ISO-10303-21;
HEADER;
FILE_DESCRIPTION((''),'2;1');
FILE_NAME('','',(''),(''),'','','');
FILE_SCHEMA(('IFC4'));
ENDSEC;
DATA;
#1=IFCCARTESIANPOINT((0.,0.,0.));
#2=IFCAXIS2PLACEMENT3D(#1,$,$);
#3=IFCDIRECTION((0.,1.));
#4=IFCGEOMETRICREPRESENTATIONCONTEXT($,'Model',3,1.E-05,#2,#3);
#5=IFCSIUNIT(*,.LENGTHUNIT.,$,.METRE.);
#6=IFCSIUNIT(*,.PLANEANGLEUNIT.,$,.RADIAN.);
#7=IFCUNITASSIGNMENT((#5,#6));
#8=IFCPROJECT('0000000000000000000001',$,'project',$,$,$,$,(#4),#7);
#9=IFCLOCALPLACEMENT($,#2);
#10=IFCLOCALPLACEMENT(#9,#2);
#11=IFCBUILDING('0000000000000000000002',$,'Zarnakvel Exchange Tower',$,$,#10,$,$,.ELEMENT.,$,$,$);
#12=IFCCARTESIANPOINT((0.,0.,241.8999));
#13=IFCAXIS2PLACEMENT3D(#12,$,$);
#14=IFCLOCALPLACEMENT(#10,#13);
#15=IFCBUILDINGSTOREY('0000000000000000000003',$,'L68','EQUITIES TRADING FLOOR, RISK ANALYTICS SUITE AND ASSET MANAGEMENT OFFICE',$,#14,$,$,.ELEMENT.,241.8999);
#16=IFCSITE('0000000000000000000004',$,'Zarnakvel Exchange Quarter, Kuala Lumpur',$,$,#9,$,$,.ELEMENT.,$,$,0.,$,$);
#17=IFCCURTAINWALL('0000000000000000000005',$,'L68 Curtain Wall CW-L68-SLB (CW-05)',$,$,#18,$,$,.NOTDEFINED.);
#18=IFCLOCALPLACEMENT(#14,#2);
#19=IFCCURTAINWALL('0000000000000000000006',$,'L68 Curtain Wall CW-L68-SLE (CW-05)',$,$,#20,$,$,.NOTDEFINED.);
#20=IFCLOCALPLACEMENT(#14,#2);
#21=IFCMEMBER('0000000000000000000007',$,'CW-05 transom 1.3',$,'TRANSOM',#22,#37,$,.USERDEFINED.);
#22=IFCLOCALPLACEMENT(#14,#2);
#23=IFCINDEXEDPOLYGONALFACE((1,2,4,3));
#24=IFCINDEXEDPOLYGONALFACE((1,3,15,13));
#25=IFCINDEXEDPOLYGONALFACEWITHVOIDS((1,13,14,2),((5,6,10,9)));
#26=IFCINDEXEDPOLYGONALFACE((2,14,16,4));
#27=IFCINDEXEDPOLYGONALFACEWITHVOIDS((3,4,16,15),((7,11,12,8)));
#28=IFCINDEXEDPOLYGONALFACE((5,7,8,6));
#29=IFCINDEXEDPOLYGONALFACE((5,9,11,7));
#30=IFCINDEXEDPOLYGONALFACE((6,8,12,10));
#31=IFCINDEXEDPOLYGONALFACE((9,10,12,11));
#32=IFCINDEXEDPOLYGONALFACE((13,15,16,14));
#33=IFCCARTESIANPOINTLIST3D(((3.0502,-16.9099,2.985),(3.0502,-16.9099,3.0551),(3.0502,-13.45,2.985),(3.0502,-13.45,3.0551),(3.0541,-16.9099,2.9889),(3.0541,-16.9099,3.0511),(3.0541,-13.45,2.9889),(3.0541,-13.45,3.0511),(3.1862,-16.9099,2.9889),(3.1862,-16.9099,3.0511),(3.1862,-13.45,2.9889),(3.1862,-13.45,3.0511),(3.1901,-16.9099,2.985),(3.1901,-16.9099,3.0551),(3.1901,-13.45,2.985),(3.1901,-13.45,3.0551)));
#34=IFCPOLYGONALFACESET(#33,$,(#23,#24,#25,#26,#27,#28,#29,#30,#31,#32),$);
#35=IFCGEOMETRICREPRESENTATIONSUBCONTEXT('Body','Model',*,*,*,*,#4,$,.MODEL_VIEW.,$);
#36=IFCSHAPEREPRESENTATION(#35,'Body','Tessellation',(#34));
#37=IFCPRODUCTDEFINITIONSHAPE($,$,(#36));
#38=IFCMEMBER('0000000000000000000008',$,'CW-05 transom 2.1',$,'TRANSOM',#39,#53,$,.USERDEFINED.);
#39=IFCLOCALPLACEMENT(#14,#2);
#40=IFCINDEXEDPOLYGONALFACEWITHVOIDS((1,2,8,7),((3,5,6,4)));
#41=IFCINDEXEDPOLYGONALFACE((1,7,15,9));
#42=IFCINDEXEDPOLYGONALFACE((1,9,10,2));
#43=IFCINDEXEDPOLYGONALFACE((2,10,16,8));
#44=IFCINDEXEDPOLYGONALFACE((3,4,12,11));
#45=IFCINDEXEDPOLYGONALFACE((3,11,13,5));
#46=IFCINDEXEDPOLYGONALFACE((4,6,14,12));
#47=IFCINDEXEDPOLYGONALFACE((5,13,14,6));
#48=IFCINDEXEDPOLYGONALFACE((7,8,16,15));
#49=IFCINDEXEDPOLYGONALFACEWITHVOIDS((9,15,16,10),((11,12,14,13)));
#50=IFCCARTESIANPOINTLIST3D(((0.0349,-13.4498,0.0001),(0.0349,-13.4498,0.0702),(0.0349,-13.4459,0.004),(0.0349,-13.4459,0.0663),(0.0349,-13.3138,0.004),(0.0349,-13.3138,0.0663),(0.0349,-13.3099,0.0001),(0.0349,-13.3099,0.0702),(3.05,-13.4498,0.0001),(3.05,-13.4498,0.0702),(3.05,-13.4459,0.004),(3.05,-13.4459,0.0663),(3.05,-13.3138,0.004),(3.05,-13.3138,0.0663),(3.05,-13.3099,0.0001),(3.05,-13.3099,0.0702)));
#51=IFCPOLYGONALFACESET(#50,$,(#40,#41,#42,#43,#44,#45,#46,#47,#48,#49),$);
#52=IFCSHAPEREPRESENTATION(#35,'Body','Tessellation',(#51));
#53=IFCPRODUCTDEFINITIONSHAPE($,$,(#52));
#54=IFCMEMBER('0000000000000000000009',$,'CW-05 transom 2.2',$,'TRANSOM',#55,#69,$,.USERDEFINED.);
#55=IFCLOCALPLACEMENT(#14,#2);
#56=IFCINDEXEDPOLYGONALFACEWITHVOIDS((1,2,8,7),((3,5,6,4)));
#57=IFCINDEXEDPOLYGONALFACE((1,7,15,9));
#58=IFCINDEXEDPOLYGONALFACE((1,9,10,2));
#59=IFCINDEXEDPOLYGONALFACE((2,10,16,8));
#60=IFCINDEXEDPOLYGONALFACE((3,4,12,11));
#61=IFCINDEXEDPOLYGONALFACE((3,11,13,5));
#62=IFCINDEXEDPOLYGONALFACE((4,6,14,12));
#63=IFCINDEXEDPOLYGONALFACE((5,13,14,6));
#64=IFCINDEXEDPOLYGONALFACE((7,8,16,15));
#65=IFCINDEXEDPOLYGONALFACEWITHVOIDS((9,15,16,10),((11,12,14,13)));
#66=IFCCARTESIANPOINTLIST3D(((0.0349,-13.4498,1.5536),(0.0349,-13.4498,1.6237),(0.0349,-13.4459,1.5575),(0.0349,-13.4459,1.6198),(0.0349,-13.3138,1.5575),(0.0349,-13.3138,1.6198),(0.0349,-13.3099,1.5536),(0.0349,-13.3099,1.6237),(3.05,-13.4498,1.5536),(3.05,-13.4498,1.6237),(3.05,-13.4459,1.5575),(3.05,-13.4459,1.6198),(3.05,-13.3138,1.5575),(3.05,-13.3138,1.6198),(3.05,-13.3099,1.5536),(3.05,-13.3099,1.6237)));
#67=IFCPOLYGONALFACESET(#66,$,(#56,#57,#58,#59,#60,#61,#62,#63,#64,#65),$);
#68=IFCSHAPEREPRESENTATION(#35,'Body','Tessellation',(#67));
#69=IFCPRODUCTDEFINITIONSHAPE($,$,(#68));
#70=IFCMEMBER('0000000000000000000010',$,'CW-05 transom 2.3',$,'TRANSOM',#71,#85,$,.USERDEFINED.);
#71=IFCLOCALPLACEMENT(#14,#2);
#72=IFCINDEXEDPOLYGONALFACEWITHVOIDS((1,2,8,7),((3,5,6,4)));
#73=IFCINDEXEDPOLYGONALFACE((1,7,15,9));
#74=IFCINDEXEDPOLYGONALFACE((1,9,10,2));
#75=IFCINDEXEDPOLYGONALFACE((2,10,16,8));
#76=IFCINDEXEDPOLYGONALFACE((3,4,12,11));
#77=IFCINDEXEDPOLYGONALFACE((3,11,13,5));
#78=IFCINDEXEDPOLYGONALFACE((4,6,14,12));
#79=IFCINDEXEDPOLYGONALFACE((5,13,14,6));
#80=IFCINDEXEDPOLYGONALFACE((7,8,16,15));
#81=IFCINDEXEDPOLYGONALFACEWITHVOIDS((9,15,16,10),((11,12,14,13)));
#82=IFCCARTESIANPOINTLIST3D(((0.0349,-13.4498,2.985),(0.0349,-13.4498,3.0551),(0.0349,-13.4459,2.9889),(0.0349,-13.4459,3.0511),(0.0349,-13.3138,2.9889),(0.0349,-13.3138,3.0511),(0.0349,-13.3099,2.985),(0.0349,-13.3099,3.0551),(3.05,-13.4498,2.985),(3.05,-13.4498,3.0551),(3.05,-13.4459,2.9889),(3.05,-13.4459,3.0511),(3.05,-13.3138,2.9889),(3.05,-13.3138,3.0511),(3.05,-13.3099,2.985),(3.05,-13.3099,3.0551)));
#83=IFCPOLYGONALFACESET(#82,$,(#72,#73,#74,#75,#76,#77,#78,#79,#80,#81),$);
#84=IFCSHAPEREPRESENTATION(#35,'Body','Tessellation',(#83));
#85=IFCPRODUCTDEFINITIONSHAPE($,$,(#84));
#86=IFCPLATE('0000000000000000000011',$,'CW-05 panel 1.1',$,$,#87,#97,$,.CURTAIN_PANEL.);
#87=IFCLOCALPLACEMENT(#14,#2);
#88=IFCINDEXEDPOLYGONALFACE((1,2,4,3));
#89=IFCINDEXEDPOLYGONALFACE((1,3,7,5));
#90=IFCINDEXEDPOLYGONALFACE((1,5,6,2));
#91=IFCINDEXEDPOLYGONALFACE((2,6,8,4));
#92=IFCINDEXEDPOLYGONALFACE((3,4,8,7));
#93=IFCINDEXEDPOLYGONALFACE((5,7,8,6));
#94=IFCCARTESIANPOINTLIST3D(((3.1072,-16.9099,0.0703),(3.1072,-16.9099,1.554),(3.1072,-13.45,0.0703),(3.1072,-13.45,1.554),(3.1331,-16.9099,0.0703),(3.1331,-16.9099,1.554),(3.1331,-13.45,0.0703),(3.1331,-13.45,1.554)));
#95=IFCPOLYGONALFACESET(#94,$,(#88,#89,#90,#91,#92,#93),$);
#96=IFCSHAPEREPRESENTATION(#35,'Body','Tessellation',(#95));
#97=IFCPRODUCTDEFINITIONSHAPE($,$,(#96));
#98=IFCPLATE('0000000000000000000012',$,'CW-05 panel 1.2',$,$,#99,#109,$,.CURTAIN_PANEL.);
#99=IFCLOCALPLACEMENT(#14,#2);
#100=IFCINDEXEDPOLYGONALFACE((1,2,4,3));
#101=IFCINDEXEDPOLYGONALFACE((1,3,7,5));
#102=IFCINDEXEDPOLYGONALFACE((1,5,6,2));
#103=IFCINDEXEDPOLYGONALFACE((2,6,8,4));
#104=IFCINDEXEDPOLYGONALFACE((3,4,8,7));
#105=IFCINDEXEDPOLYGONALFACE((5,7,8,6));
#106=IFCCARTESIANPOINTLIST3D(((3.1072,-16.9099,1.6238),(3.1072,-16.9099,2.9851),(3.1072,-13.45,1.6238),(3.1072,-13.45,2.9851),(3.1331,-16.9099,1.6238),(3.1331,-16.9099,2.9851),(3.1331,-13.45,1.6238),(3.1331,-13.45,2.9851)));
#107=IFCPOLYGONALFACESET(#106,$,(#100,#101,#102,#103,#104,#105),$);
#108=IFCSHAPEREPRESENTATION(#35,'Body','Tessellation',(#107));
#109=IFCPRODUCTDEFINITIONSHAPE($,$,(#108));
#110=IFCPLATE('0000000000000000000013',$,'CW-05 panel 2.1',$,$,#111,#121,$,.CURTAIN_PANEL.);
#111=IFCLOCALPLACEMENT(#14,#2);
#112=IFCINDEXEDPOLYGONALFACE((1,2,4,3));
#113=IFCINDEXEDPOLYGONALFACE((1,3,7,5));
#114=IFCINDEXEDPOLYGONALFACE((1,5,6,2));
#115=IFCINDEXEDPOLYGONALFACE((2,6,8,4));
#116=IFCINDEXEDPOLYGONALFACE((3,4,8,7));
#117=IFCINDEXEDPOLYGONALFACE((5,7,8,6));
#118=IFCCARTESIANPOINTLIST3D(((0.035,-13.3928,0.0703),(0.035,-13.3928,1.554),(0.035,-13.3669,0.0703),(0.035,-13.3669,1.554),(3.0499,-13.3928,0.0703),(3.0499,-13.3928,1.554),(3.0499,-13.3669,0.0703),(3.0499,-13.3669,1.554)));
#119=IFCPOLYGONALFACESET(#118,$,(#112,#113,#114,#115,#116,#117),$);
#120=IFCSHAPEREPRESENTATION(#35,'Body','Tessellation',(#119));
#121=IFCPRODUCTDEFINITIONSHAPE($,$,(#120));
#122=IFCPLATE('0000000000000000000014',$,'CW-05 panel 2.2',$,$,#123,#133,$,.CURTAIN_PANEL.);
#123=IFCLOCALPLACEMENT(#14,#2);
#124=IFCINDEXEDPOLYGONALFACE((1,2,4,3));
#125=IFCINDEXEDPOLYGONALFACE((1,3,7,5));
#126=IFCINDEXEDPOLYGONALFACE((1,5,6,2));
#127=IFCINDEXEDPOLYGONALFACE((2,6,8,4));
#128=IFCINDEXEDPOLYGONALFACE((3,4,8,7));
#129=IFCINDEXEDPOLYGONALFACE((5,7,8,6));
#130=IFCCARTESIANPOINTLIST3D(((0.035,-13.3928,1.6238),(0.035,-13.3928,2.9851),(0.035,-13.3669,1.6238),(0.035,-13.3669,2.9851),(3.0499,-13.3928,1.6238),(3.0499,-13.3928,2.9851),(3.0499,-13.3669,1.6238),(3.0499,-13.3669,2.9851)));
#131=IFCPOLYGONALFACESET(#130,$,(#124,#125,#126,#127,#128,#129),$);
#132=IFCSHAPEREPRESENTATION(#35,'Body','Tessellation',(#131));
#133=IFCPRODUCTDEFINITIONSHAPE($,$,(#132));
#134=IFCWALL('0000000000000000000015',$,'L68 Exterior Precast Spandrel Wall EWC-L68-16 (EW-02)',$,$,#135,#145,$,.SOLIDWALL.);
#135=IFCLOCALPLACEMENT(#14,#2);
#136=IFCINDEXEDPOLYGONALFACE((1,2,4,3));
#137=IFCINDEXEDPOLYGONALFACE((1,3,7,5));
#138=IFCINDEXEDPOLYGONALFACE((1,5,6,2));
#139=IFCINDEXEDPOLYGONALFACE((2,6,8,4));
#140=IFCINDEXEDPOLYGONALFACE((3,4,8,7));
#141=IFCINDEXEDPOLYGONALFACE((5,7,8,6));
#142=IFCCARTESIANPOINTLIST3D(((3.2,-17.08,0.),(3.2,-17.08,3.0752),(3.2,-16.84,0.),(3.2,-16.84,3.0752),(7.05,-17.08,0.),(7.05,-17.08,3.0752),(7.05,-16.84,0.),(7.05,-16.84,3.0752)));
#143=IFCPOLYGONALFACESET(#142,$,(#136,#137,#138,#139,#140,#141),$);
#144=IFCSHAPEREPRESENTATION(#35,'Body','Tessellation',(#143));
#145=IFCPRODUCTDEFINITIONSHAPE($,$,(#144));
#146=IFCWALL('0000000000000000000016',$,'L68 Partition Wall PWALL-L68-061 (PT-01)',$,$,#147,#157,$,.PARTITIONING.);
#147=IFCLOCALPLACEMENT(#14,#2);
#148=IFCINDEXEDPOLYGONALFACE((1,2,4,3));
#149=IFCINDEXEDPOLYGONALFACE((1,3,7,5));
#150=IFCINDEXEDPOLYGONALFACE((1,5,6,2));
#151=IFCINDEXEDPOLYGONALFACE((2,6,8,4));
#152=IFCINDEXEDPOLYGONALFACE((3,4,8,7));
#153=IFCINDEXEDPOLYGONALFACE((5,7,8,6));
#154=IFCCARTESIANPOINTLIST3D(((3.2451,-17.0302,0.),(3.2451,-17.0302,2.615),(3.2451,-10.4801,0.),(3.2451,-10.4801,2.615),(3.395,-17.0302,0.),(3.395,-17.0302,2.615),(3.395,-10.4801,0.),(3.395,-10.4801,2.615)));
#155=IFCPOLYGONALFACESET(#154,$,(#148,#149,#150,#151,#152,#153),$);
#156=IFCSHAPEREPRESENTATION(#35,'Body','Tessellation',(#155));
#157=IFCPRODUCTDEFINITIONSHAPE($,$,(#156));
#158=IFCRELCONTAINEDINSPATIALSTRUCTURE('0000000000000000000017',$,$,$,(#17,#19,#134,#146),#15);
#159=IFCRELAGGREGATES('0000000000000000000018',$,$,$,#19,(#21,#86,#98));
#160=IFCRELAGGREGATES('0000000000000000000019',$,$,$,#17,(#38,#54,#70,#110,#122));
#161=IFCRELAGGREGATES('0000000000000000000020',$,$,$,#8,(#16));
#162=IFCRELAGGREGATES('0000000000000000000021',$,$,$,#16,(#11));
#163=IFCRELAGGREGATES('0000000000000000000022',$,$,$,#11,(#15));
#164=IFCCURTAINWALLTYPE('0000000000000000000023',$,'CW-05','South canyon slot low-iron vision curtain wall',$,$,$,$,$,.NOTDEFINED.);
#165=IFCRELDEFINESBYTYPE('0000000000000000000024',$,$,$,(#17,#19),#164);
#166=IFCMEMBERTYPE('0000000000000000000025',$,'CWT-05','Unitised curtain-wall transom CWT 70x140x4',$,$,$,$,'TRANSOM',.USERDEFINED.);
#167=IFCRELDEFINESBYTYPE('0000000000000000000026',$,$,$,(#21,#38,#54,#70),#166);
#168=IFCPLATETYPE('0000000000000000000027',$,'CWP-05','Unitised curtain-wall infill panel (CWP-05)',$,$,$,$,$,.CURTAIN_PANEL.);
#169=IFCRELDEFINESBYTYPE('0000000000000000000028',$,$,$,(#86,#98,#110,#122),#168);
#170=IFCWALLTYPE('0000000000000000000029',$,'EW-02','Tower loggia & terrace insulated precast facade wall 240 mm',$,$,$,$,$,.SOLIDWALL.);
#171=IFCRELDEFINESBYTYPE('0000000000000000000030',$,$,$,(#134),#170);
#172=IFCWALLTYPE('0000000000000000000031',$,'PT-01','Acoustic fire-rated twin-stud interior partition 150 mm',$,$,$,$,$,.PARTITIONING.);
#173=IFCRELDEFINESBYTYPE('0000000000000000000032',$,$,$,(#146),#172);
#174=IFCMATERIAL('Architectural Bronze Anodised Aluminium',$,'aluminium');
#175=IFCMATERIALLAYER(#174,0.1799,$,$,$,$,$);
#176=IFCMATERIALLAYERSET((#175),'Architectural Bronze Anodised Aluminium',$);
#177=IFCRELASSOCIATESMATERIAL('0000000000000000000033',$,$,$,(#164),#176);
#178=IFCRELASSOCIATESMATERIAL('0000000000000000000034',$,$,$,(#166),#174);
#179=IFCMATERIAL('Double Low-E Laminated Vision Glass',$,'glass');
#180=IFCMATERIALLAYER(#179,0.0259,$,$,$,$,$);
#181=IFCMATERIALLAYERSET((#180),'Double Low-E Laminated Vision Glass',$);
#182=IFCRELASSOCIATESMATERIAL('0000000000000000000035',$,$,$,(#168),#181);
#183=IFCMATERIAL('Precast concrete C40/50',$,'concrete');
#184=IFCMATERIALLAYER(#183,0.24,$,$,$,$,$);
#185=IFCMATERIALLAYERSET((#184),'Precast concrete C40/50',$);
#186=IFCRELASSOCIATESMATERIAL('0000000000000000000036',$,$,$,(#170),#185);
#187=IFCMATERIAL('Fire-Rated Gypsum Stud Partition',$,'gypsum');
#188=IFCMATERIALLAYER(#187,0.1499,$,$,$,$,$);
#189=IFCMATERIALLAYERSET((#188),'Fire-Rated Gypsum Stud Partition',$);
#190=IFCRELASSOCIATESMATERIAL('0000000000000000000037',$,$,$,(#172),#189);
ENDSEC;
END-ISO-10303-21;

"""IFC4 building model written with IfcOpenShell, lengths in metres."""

from ifc_helpers import new_model, si_unit, direction, frame, frame_2d, origin, origin_2d, place, context, subcontext, project, spatial, rectangle, hollow_rectangle, extrude, source, transform, mapped, material, layer, layer_set, material_profile, profile_set, type_object, element, aggregate, save


model = new_model("IFC4")

# Units and contexts
model_context = context("Model", 3, precision=1e-05, world=origin(), true_north=direction((0.0, 1.0)))
body_context = subcontext(model_context, "Body", "Model", "MODEL_VIEW")
ifc_project = project(units=[si_unit("LENGTHUNIT", "METRE"), si_unit("PLANEANGLEUNIT", "RADIAN")], contexts=[model_context])

# Site, building, storey
site_placement = place(None, origin())
site = spatial("IfcSite", under=ifc_project, at=site_placement, Name="Zarnakvel Exchange Quarter, Kuala Lumpur", CompositionType="ELEMENT", RefElevation=0.0)
building_placement = place(site_placement, origin())
building = spatial("IfcBuilding", under=site, at=building_placement, Name="Zarnakvel Exchange Tower", CompositionType="ELEMENT")
storey_placement = place(building_placement, frame((0.0, 0.0, 241.8999)))
storey = spatial("IfcBuildingStorey", under=building, at=storey_placement, Name="L68", Description="EQUITIES TRADING FLOOR, RISK ANALYTICS SUITE AND ASSET MANAGEMENT OFFICE", CompositionType="ELEMENT", Elevation=241.8999)

# Curtain wall
ifc_material_1 = material(Name="Architectural Bronze Anodised Aluminium", Category="aluminium")
ifc_layer_1 = layer(ifc_material_1, 0.1799)
ifc_layer_set_1 = layer_set([ifc_layer_1], Name="Architectural Bronze Anodised Aluminium")
curtain_wall_type = type_object("IfcCurtainWallType", Name="CW-05", Description="South canyon slot low-iron vision curtain wall", PredefinedType="NOTDEFINED", material=ifc_layer_set_1)
curtain_wall_1_placement = place(storey_placement, origin())
curtain_wall_1 = element("IfcCurtainWall", 1, at=curtain_wall_1_placement, inside=storey, type_object=curtain_wall_type, Name="L68 Curtain Wall CW-L68-SLB (CW-05)", PredefinedType="NOTDEFINED")

# Curtain wall, member
curtain_wall_2_placement = place(storey_placement, origin())
curtain_wall_2 = element("IfcCurtainWall", 2, at=curtain_wall_2_placement, inside=storey, type_object=curtain_wall_type, Name="L68 Curtain Wall CW-L68-SLE (CW-05)", PredefinedType="NOTDEFINED")
ifc_material_profile_1 = material_profile(ifc_material_1, hollow_rectangle(XDim=0.1399, YDim=0.0701, WallThickness=0.0039, at=origin_2d()))
ifc_profile_set_1 = profile_set([ifc_material_profile_1], Name="Architectural Bronze Anodised Aluminium")
member_type_1 = type_object("IfcMemberType", Name="CWT-05", Description="Unitised curtain-wall transom CWT 70x140x4", ElementType="TRANSOM", PredefinedType="USERDEFINED", material=ifc_profile_set_1)
shared_shape_1 = source(origin(), body_context, "Body", "SweptSolid", [
    extrude(hollow_rectangle(XDim=0.1399, YDim=0.0701, WallThickness=0.0039, at=origin_2d()), origin(), (0.0, 0.0, 1.0), 3.46),
])
member_1_placement = place(storey_placement, frame((3.1201, -13.45, 3.02), z_axis=(0.0, -1.0, 0.0), x_axis=(1.0, 0.0, 0.0)))
member_1 = element("IfcMember", 3, at=member_1_placement, type_object=member_type_1, Name="CW-05 transom 1.3", ObjectType="TRANSOM", PredefinedType="USERDEFINED", context=body_context, shape_type="MappedRepresentation", body=[
    mapped(shared_shape_1, transform((0.0, 0.0, 0.0), x_axis=(1.0, 0.0, 0.0), y_axis=(0.0, 1.0, 0.0), z_axis=(0.0, 0.0, 1.0), scale=1.0)),
])

# Members
shared_shape_2 = source(origin(), body_context, "Body", "SweptSolid", [
    extrude(hollow_rectangle(XDim=0.1399, YDim=0.0701, WallThickness=0.0039, at=origin_2d()), origin(), (0.0, 0.0, 1.0), 3.0151),
])
member_2_placement = place(storey_placement, frame((0.0349, -13.3799, 0.0352), z_axis=(1.0, 0.0, 0.0), x_axis=(0.0, 1.0, 0.0)))
member_2 = element("IfcMember", 4, at=member_2_placement, type_object=member_type_1, Name="CW-05 transom 2.1", ObjectType="TRANSOM", PredefinedType="USERDEFINED", context=body_context, shape_type="MappedRepresentation", body=[
    mapped(shared_shape_2, transform((0.0, 0.0, 0.0), x_axis=(1.0, 0.0, 0.0), y_axis=(0.0, 1.0, 0.0), z_axis=(0.0, 0.0, 1.0), scale=1.0)),
])
member_3_placement = place(storey_placement, frame((0.0349, -13.3799, 1.5886), z_axis=(1.0, 0.0, 0.0), x_axis=(0.0, 1.0, 0.0)))
member_3 = element("IfcMember", 5, at=member_3_placement, type_object=member_type_1, Name="CW-05 transom 2.2", ObjectType="TRANSOM", PredefinedType="USERDEFINED", context=body_context, shape_type="MappedRepresentation", body=[
    mapped(shared_shape_2, transform((0.0, 0.0, 0.0), x_axis=(1.0, 0.0, 0.0), y_axis=(0.0, 1.0, 0.0), z_axis=(0.0, 0.0, 1.0), scale=1.0)),
])
member_4_placement = place(storey_placement, frame((0.0349, -13.3799, 3.02), z_axis=(1.0, 0.0, 0.0), x_axis=(0.0, 1.0, 0.0)))
member_4 = element("IfcMember", 6, at=member_4_placement, type_object=member_type_1, Name="CW-05 transom 2.3", ObjectType="TRANSOM", PredefinedType="USERDEFINED", context=body_context, shape_type="MappedRepresentation", body=[
    mapped(shared_shape_2, transform((0.0, 0.0, 0.0), x_axis=(1.0, 0.0, 0.0), y_axis=(0.0, 1.0, 0.0), z_axis=(0.0, 0.0, 1.0), scale=1.0)),
])

# Plates
ifc_material_2 = material(Name="Double Low-E Laminated Vision Glass", Category="glass")
ifc_layer_2 = layer(ifc_material_2, 0.0259)
ifc_layer_set_2 = layer_set([ifc_layer_2], Name="Double Low-E Laminated Vision Glass")
plate_type = type_object("IfcPlateType", Name="CWP-05", Description="Unitised curtain-wall infill panel (CWP-05)", PredefinedType="CURTAIN_PANEL", material=ifc_layer_set_2)
shared_shape_3 = source(origin(), body_context, "Body", "SweptSolid", [
    extrude(rectangle(XDim=3.46, YDim=0.0259, at=origin_2d()), origin(), (0.0, 0.0, 1.0), 1.4836),
])
plate_1_placement = place(storey_placement, frame((3.1201, -15.1799, 0.0703), z_axis=(0.0, 0.0, 1.0), x_axis=(0.0, -1.0, 0.0)))
plate_1 = element("IfcPlate", 7, at=plate_1_placement, type_object=plate_type, Name="CW-05 panel 1.1", PredefinedType="CURTAIN_PANEL", context=body_context, shape_type="MappedRepresentation", body=[
    mapped(shared_shape_3, transform((0.0, 0.0, 0.0), x_axis=(1.0, 0.0, 0.0), y_axis=(0.0, 1.0, 0.0), z_axis=(0.0, 0.0, 1.0), scale=1.0)),
])
shared_shape_4 = source(origin(), body_context, "Body", "SweptSolid", [
    extrude(rectangle(XDim=3.46, YDim=0.0259, at=origin_2d()), origin(), (0.0, 0.0, 1.0), 1.3613),
])
plate_2_placement = place(storey_placement, frame((3.1201, -15.1799, 1.6238), z_axis=(0.0, 0.0, 1.0), x_axis=(0.0, -1.0, 0.0)))
plate_2 = element("IfcPlate", 8, at=plate_2_placement, type_object=plate_type, Name="CW-05 panel 1.2", PredefinedType="CURTAIN_PANEL", context=body_context, shape_type="MappedRepresentation", body=[
    mapped(shared_shape_4, transform((0.0, 0.0, 0.0), x_axis=(1.0, 0.0, 0.0), y_axis=(0.0, 1.0, 0.0), z_axis=(0.0, 0.0, 1.0), scale=1.0)),
])
aggregate(curtain_wall_2, [member_1, plate_1, plate_2])
shared_shape_5 = source(origin(), body_context, "Body", "SweptSolid", [
    extrude(rectangle(XDim=3.0149, YDim=0.0259, at=origin_2d()), origin(), (0.0, 0.0, 1.0), 1.4836),
])
plate_3_placement = place(storey_placement, frame((1.5425, -13.3799, 0.0703), z_axis=(0.0, 0.0, 1.0), x_axis=(1.0, 0.0, 0.0)))
plate_3 = element("IfcPlate", 9, at=plate_3_placement, type_object=plate_type, Name="CW-05 panel 2.1", PredefinedType="CURTAIN_PANEL", context=body_context, shape_type="MappedRepresentation", body=[
    mapped(shared_shape_5, transform((0.0, 0.0, 0.0), x_axis=(1.0, 0.0, 0.0), y_axis=(0.0, 1.0, 0.0), z_axis=(0.0, 0.0, 1.0), scale=1.0)),
])
shared_shape_6 = source(origin(), body_context, "Body", "SweptSolid", [
    extrude(rectangle(XDim=3.0149, YDim=0.0259, at=origin_2d()), origin(), (0.0, 0.0, 1.0), 1.3613),
])
plate_4_placement = place(storey_placement, frame((1.5425, -13.3799, 1.6238), z_axis=(0.0, 0.0, 1.0), x_axis=(1.0, 0.0, 0.0)))
plate_4 = element("IfcPlate", 10, at=plate_4_placement, type_object=plate_type, Name="CW-05 panel 2.2", PredefinedType="CURTAIN_PANEL", context=body_context, shape_type="MappedRepresentation", body=[
    mapped(shared_shape_6, transform((0.0, 0.0, 0.0), x_axis=(1.0, 0.0, 0.0), y_axis=(0.0, 1.0, 0.0), z_axis=(0.0, 0.0, 1.0), scale=1.0)),
])
aggregate(curtain_wall_1, [member_2, member_3, member_4, plate_3, plate_4])

# Walls
ifc_material_3 = material(Name="Precast concrete C40/50", Category="concrete")
ifc_layer_3 = layer(ifc_material_3, 0.24)
ifc_layer_set_3 = layer_set([ifc_layer_3], Name="Precast concrete C40/50")
wall_type_1 = type_object("IfcWallType", Name="EW-02", Description="Tower loggia & terrace insulated precast facade wall 240 mm", PredefinedType="SOLIDWALL", material=ifc_layer_set_3)
wall_1_placement = place(storey_placement, frame((3.2, -16.96, 0.0), z_axis=(0.0, 0.0, 1.0), x_axis=(1.0, 0.0, 0.0)))
element("IfcWall", 11, at=wall_1_placement, inside=storey, type_object=wall_type_1, Name="L68 Exterior Precast Spandrel Wall EWC-L68-16 (EW-02)", PredefinedType="SOLIDWALL", context=body_context, shape_type="SweptSolid", body=[
    extrude(rectangle(XDim=3.8501, YDim=0.24, at=frame_2d((1.925, 0.0))), origin(), (0.0, 0.0, 1.0), 3.0752),
])
ifc_material_4 = material(Name="Fire-Rated Gypsum Stud Partition", Category="gypsum")
ifc_layer_4 = layer(ifc_material_4, 0.1499)
ifc_layer_set_4 = layer_set([ifc_layer_4], Name="Fire-Rated Gypsum Stud Partition")
wall_type_2 = type_object("IfcWallType", Name="PT-01", Description="Acoustic fire-rated twin-stud interior partition 150 mm", PredefinedType="PARTITIONING", material=ifc_layer_set_4)
wall_2_placement = place(storey_placement, frame((3.3201, -17.03, 0.0), z_axis=(0.0, 0.0, 1.0), x_axis=(0.0, 1.0, 0.0)))
element("IfcWall", 12, at=wall_2_placement, inside=storey, type_object=wall_type_2, Name="L68 Partition Wall PWALL-L68-061 (PT-01)", PredefinedType="PARTITIONING", context=body_context, shape_type="SweptSolid", body=[
    extrude(rectangle(XDim=6.55, YDim=0.1499, at=frame_2d((3.2749, 0.0))), origin(), (0.0, 0.0, 1.0), 2.615),
])

save(model, "model.ifc")
